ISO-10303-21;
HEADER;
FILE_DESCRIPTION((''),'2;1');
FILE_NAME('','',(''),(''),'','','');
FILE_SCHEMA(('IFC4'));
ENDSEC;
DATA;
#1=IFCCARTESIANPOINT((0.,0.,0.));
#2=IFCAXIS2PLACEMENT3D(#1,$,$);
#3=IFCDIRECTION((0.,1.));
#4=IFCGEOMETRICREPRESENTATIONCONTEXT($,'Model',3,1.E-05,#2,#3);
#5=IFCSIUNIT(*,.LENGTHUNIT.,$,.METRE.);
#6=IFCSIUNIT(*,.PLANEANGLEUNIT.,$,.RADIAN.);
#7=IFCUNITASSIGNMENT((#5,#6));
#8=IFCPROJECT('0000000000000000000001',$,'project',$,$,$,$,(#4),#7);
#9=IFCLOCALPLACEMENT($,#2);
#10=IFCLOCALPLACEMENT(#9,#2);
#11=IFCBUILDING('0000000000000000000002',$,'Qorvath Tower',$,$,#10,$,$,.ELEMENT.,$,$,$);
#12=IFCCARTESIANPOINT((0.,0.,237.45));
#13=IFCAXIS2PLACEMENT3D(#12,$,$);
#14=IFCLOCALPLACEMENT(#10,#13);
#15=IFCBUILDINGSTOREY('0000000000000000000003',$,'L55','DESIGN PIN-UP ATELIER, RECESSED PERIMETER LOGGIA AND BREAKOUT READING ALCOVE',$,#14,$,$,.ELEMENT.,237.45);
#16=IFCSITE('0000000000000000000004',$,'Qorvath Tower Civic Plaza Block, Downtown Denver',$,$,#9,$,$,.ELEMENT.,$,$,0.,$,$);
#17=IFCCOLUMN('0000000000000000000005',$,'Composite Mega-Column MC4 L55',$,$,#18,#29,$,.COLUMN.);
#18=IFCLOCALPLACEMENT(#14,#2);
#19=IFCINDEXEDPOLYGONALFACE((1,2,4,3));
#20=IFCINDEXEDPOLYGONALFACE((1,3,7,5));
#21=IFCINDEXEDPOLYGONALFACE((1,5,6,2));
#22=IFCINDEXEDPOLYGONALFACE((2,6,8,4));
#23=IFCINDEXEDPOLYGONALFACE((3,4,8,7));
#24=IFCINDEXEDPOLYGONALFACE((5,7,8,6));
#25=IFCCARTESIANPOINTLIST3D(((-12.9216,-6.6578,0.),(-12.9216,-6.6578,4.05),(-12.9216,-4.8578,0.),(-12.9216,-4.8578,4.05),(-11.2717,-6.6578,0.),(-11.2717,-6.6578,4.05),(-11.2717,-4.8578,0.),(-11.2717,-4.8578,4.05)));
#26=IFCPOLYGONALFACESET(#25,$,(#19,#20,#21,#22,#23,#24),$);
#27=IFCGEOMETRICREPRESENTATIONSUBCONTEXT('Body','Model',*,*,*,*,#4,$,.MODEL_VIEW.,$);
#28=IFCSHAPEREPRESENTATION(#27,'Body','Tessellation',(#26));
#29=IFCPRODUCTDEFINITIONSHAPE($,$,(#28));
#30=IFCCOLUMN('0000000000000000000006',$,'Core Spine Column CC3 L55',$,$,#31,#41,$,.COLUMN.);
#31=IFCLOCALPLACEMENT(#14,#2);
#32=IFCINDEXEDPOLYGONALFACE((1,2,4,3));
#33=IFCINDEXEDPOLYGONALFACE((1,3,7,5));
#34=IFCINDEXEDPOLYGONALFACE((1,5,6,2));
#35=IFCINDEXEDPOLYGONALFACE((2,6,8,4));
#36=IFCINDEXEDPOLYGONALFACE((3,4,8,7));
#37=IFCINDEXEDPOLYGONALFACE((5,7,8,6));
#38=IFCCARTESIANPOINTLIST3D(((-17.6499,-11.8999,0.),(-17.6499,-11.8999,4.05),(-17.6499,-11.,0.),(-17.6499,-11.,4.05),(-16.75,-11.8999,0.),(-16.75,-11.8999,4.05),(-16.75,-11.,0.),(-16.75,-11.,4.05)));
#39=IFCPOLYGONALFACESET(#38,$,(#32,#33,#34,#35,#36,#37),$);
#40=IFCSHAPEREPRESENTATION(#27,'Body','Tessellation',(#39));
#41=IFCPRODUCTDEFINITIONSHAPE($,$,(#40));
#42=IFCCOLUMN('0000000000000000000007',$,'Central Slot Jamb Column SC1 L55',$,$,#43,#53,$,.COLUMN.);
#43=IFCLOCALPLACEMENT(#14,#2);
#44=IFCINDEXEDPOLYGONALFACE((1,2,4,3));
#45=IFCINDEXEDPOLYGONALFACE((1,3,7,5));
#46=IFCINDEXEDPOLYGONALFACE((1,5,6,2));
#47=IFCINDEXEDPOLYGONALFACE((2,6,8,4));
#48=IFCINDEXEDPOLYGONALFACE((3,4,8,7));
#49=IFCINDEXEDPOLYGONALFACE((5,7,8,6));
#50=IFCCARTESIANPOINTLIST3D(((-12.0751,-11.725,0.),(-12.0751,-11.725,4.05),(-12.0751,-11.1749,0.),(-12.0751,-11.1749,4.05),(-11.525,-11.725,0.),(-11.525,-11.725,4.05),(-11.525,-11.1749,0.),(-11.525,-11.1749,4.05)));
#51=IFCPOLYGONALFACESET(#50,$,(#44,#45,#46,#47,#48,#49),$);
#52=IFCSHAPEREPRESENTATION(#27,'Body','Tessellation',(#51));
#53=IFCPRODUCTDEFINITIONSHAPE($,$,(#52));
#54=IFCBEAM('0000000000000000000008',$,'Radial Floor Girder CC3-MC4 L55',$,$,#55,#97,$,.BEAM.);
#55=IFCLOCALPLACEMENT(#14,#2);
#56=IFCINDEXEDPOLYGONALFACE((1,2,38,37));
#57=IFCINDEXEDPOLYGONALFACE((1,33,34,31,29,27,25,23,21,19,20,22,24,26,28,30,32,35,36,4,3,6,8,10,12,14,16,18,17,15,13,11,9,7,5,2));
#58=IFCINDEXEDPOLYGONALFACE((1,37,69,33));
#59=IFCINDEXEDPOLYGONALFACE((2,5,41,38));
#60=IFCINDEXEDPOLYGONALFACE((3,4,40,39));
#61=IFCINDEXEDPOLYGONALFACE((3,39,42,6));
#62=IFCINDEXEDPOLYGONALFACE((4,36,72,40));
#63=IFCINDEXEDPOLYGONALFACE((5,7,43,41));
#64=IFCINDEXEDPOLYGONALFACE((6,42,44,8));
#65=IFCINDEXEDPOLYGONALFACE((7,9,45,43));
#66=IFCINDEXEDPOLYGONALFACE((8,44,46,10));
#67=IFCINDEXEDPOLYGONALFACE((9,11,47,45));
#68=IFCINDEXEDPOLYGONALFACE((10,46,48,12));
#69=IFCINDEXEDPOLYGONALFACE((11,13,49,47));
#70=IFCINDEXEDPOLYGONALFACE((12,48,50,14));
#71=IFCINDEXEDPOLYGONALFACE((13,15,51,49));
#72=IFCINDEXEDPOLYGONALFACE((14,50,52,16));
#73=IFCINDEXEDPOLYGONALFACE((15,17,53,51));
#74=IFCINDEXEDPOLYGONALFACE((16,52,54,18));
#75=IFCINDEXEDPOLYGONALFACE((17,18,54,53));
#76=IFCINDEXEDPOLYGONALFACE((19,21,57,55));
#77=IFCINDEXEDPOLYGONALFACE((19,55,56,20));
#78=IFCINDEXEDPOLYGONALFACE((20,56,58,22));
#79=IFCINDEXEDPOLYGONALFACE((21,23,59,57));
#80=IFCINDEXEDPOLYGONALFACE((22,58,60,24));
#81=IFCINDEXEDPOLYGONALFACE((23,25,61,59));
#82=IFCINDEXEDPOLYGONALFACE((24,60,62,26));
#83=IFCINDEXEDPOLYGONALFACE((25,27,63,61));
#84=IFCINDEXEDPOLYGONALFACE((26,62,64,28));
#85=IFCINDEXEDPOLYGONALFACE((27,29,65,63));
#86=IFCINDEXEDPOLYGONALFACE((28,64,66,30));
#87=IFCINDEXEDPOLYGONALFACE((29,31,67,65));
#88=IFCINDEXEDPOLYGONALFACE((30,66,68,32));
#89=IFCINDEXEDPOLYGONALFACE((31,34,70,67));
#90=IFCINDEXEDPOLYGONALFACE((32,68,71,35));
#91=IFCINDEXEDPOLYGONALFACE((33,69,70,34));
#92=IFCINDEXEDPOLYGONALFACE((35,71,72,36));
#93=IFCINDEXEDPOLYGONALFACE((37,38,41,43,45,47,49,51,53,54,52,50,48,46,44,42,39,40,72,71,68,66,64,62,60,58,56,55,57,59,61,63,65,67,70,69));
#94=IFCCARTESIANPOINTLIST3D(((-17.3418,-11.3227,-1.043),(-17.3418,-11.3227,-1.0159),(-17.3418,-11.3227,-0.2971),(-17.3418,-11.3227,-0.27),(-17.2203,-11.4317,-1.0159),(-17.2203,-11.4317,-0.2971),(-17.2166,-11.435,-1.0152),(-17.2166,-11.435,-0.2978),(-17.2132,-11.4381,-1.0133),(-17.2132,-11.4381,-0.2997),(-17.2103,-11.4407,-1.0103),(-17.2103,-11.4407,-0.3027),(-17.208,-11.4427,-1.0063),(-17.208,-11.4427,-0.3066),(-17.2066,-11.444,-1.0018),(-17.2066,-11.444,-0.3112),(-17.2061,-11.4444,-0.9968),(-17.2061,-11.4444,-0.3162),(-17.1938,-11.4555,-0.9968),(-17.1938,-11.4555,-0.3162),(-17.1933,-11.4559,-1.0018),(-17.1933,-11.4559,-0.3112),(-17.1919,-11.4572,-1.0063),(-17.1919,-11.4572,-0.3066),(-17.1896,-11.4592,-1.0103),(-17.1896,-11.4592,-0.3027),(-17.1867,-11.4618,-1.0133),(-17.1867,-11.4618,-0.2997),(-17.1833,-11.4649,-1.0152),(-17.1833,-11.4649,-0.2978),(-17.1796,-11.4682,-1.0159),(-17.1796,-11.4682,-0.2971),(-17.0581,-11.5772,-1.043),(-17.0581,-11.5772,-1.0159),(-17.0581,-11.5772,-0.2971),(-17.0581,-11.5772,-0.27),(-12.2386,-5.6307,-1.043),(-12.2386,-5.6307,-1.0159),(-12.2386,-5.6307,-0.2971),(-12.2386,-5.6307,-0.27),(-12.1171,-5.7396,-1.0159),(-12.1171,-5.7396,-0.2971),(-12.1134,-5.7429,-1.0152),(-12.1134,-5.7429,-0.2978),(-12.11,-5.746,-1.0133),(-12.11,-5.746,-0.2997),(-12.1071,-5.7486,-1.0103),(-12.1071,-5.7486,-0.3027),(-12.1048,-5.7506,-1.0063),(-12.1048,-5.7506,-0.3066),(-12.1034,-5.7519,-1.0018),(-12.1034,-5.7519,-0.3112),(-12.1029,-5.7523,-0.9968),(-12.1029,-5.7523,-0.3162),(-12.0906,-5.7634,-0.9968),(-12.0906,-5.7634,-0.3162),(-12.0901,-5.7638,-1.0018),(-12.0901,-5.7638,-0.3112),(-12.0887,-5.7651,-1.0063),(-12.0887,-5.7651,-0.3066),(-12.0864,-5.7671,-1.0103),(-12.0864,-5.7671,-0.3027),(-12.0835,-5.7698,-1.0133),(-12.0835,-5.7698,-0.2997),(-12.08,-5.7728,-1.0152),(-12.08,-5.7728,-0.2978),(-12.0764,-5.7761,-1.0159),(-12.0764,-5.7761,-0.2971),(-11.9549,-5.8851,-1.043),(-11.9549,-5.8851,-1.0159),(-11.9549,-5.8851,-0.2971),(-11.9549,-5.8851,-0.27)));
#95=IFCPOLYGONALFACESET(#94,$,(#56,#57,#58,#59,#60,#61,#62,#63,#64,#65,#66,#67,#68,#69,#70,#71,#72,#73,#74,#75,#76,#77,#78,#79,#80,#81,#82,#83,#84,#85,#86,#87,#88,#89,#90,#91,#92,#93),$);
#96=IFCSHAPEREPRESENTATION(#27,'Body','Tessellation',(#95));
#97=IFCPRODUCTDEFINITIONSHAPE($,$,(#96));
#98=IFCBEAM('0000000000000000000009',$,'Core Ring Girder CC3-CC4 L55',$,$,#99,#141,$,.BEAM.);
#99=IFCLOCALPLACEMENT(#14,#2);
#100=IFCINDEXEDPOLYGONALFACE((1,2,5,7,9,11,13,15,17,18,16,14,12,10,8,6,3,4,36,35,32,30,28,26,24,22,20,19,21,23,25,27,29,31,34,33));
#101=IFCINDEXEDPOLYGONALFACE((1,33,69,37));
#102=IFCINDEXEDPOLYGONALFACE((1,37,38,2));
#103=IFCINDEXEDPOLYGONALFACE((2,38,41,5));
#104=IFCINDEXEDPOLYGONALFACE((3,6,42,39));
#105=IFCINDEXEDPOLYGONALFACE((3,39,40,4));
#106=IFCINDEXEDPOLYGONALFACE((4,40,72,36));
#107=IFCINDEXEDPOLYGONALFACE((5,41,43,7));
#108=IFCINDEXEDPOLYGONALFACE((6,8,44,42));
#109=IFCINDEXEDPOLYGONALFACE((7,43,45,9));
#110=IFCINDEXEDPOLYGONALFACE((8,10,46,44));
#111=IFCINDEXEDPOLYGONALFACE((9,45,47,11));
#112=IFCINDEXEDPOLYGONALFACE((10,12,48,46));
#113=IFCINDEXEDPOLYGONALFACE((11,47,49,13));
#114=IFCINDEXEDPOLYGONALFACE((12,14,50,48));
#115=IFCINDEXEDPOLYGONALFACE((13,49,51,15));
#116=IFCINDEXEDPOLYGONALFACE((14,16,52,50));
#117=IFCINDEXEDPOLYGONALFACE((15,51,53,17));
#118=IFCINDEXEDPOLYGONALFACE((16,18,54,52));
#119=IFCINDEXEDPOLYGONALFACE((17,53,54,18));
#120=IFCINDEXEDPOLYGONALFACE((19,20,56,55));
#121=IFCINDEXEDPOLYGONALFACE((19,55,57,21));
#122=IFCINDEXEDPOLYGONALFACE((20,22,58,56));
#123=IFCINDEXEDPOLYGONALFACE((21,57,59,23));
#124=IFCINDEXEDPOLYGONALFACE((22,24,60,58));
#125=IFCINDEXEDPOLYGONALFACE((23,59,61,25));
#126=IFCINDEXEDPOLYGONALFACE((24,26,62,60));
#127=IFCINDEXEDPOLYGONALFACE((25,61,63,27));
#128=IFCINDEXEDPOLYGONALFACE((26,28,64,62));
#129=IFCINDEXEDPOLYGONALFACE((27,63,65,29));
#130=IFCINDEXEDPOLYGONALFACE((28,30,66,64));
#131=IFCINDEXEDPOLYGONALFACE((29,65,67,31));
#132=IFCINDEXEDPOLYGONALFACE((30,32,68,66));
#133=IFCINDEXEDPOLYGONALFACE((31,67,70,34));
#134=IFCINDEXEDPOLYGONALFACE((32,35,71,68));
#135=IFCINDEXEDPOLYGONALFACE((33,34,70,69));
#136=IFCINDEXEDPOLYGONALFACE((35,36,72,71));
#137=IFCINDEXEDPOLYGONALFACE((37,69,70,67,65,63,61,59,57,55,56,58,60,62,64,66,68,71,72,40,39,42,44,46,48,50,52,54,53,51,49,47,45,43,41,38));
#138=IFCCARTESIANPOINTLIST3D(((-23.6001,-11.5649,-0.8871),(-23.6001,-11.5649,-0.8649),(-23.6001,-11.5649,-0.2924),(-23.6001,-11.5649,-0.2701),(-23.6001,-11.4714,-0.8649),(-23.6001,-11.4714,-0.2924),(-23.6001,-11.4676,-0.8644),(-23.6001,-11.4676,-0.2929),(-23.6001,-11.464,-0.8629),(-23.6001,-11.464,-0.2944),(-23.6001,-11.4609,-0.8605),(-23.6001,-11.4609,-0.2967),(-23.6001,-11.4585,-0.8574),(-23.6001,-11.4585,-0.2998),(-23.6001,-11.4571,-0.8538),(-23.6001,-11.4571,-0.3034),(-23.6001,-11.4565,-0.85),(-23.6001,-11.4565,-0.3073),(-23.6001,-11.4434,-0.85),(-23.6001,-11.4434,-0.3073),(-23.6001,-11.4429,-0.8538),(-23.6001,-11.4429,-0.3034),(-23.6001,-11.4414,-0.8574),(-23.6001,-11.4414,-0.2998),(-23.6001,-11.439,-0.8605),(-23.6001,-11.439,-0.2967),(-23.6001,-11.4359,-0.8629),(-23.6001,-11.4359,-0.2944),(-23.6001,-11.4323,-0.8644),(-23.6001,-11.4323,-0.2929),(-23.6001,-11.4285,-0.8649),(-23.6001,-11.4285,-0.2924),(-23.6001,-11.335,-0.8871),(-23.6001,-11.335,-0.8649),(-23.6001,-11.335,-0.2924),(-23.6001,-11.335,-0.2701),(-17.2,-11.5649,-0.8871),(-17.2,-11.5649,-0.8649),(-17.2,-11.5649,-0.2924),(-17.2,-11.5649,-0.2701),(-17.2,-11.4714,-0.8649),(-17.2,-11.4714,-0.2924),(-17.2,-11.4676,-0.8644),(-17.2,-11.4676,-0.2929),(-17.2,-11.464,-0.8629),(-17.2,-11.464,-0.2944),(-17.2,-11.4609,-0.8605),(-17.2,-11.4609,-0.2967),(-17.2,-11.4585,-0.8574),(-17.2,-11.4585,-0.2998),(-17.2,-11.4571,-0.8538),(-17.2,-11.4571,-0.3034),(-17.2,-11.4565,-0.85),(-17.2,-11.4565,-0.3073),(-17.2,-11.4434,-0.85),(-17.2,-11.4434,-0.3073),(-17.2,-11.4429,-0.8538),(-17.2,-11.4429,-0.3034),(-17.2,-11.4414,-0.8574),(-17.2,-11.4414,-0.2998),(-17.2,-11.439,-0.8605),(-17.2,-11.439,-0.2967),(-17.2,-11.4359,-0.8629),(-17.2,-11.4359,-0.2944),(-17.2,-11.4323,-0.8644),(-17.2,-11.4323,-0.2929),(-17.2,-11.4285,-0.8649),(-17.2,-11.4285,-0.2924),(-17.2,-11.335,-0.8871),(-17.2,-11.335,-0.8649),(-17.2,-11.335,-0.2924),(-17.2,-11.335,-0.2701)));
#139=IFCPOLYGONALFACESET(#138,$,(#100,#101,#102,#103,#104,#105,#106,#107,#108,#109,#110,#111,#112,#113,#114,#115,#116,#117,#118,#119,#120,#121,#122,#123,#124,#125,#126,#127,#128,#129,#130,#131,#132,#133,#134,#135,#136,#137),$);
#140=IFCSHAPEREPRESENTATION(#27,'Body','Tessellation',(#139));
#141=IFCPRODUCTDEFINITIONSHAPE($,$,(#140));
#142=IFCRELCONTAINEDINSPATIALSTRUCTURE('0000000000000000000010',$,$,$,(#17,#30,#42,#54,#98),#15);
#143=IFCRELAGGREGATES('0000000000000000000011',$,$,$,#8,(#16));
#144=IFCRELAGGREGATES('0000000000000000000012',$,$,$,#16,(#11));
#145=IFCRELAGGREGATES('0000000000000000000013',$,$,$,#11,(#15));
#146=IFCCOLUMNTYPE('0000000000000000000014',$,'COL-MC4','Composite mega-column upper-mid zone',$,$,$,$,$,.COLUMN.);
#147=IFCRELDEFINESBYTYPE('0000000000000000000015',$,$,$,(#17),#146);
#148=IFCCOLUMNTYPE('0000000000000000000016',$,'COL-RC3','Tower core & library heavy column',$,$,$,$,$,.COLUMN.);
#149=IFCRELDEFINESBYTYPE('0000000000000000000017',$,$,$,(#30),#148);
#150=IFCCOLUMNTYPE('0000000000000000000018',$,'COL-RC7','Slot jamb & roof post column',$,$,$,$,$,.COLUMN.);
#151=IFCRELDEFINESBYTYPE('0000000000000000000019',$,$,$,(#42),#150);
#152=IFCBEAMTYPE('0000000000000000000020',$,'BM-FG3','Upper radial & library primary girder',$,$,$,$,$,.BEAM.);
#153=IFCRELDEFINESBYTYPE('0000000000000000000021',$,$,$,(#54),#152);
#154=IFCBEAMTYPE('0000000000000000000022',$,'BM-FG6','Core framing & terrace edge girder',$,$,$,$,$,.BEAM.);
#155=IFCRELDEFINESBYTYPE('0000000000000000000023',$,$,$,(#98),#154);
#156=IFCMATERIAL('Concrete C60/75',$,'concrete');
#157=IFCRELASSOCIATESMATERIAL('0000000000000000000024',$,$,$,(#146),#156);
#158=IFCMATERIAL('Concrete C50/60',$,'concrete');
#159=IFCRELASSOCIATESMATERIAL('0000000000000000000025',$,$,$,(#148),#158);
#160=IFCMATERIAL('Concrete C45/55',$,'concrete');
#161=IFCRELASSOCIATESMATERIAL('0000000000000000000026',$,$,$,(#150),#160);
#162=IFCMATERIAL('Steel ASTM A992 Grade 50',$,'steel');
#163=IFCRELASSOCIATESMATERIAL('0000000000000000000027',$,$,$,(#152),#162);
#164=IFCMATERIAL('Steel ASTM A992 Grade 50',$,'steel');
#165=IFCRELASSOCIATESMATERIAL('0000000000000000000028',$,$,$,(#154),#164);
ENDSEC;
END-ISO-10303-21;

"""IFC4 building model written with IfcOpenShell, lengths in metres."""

from ifc_helpers import new_model, si_unit, direction, frame, origin, origin_2d, place, context, subcontext, project, spatial, rectangle, i_section, extrude, material, material_profile, profile_set, type_object, element, save


model = new_model("IFC4")

# Units and contexts
model_context = context("Model", 3, precision=1e-05, world=origin(), true_north=direction((0.0, 1.0)))
body_context = subcontext(model_context, "Body", "Model", "MODEL_VIEW")
ifc_project = project(units=[si_unit("LENGTHUNIT", "METRE"), si_unit("PLANEANGLEUNIT", "RADIAN")], contexts=[model_context])

# Site, building, storey
site_placement = place(None, origin())
site = spatial("IfcSite", under=ifc_project, at=site_placement, Name="Qorvath Tower Civic Plaza Block, Downtown Denver", CompositionType="ELEMENT", RefElevation=0.0)
building_placement = place(site_placement, origin())
building = spatial("IfcBuilding", under=site, at=building_placement, Name="Qorvath Tower", CompositionType="ELEMENT")
storey_placement = place(building_placement, frame((0.0, 0.0, 237.45)))
storey = spatial("IfcBuildingStorey", under=building, at=storey_placement, Name="L55", Description="DESIGN PIN-UP ATELIER, RECESSED PERIMETER LOGGIA AND BREAKOUT READING ALCOVE", CompositionType="ELEMENT", Elevation=237.45)

# Columns
ifc_material_1 = material(Name="Concrete C60/75", Category="concrete")
ifc_material_profile_1 = material_profile(ifc_material_1, rectangle(XDim=1.6499, YDim=1.8, at=origin_2d()), Name="MC 1800x1650")
ifc_profile_set_1 = profile_set([ifc_material_profile_1], Name="Concrete C60/75")
column_type_1 = type_object("IfcColumnType", Name="COL-MC4", Description="Composite mega-column upper-mid zone", PredefinedType="COLUMN", material=ifc_profile_set_1)
column_1_placement = place(storey_placement, frame((-12.0967, -5.7578, 0.0), z_axis=(0.0, 0.0, 1.0), x_axis=(1.0, 0.0, 0.0)))
element("IfcColumn", 1, at=column_1_placement, inside=storey, type_object=column_type_1, Name="Composite Mega-Column MC4 L55", PredefinedType="COLUMN", context=body_context, shape_type="SweptSolid", body=[
    extrude(rectangle(XDim=1.6499, YDim=1.8, at=origin_2d()), origin(), (0.0, 0.0, 1.0), 4.05),
])
ifc_material_2 = material(Name="Concrete C50/60", Category="concrete")
ifc_material_profile_2 = material_profile(ifc_material_2, rectangle(XDim=0.8999, YDim=0.8999, at=origin_2d()), Name="RC 900x900")
ifc_profile_set_2 = profile_set([ifc_material_profile_2], Name="Concrete C50/60")
column_type_2 = type_object("IfcColumnType", Name="COL-RC3", Description="Tower core & library heavy column", PredefinedType="COLUMN", material=ifc_profile_set_2)
column_2_placement = place(storey_placement, frame((-17.2, -11.45, 0.0), z_axis=(0.0, 0.0, 1.0), x_axis=(1.0, 0.0, 0.0)))
element("IfcColumn", 2, at=column_2_placement, inside=storey, type_object=column_type_2, Name="Core Spine Column CC3 L55", PredefinedType="COLUMN", context=body_context, shape_type="SweptSolid", body=[
    extrude(rectangle(XDim=0.8999, YDim=0.8999, at=origin_2d()), origin(), (0.0, 0.0, 1.0), 4.05),
])
ifc_material_3 = material(Name="Concrete C45/55", Category="concrete")
ifc_material_profile_3 = material_profile(ifc_material_3, rectangle(XDim=0.55, YDim=0.55, at=origin_2d()), Name="RC 550x550")
ifc_profile_set_3 = profile_set([ifc_material_profile_3], Name="Concrete C45/55")
column_type_3 = type_object("IfcColumnType", Name="COL-RC7", Description="Slot jamb & roof post column", PredefinedType="COLUMN", material=ifc_profile_set_3)
column_3_placement = place(storey_placement, frame((-11.8, -11.45, 0.0), z_axis=(0.0, 0.0, 1.0), x_axis=(1.0, 0.0, 0.0)))
element("IfcColumn", 3, at=column_3_placement, inside=storey, type_object=column_type_3, Name="Central Slot Jamb Column SC1 L55", PredefinedType="COLUMN", context=body_context, shape_type="SweptSolid", body=[
    extrude(rectangle(XDim=0.55, YDim=0.55, at=origin_2d()), origin(), (0.0, 0.0, 1.0), 4.05),
])

# Beams
ifc_material_4 = material(Name="Steel ASTM A992 Grade 50", Category="steel")
ifc_material_profile_4 = material_profile(ifc_material_4, i_section(OverallWidth=0.3811, OverallDepth=0.7729, WebThickness=0.0166, FlangeThickness=0.0271, FilletRadius=0.019, at=origin_2d()), Name="W30x173")
ifc_profile_set_4 = profile_set([ifc_material_profile_4], Name="Steel ASTM A992 Grade 50")
beam_type_1 = type_object("IfcBeamType", Name="BM-FG3", Description="Upper radial & library primary girder", PredefinedType="BEAM", material=ifc_profile_set_4)
beam_1_placement = place(storey_placement, frame((-17.2, -11.45, -0.6565), z_axis=(0.667543, 0.744571, 0.0), x_axis=(-0.744571, 0.667543, 0.0)))
element("IfcBeam", 4, at=beam_1_placement, inside=storey, type_object=beam_type_1, Name="Radial Floor Girder CC3-MC4 L55", PredefinedType="BEAM", context=body_context, shape_type="SweptSolid", body=[
    extrude(i_section(OverallWidth=0.3811, OverallDepth=0.7729, WebThickness=0.0166, FlangeThickness=0.0271, FilletRadius=0.019, at=origin_2d()), origin(), (0.0, 0.0, 1.0), 7.6448),
])
ifc_material_5 = material(Name="Steel ASTM A992 Grade 50", Category="steel")
ifc_material_profile_5 = material_profile(ifc_material_5, i_section(OverallWidth=0.23, OverallDepth=0.6169, WebThickness=0.0132, FlangeThickness=0.0222, FilletRadius=0.0149, at=origin_2d()), Name="W24x94")
ifc_profile_set_5 = profile_set([ifc_material_profile_5], Name="Steel ASTM A992 Grade 50")
beam_type_2 = type_object("IfcBeamType", Name="BM-FG6", Description="Core framing & terrace edge girder", PredefinedType="BEAM", material=ifc_profile_set_5)
beam_2_placement = place(storey_placement, frame((-17.2, -11.45, -0.5786), z_axis=(-1.0, 0.0, 0.0), x_axis=(0.0, -1.0, 0.0)))
element("IfcBeam", 5, at=beam_2_placement, inside=storey, type_object=beam_type_2, Name="Core Ring Girder CC3-CC4 L55", PredefinedType="BEAM", context=body_context, shape_type="SweptSolid", body=[
    extrude(i_section(OverallWidth=0.23, OverallDepth=0.6169, WebThickness=0.0132, FlangeThickness=0.0222, FilletRadius=0.0149, at=origin_2d()), origin(), (0.0, 0.0, 1.0), 6.4001),
])

save(model, "model.ifc")
